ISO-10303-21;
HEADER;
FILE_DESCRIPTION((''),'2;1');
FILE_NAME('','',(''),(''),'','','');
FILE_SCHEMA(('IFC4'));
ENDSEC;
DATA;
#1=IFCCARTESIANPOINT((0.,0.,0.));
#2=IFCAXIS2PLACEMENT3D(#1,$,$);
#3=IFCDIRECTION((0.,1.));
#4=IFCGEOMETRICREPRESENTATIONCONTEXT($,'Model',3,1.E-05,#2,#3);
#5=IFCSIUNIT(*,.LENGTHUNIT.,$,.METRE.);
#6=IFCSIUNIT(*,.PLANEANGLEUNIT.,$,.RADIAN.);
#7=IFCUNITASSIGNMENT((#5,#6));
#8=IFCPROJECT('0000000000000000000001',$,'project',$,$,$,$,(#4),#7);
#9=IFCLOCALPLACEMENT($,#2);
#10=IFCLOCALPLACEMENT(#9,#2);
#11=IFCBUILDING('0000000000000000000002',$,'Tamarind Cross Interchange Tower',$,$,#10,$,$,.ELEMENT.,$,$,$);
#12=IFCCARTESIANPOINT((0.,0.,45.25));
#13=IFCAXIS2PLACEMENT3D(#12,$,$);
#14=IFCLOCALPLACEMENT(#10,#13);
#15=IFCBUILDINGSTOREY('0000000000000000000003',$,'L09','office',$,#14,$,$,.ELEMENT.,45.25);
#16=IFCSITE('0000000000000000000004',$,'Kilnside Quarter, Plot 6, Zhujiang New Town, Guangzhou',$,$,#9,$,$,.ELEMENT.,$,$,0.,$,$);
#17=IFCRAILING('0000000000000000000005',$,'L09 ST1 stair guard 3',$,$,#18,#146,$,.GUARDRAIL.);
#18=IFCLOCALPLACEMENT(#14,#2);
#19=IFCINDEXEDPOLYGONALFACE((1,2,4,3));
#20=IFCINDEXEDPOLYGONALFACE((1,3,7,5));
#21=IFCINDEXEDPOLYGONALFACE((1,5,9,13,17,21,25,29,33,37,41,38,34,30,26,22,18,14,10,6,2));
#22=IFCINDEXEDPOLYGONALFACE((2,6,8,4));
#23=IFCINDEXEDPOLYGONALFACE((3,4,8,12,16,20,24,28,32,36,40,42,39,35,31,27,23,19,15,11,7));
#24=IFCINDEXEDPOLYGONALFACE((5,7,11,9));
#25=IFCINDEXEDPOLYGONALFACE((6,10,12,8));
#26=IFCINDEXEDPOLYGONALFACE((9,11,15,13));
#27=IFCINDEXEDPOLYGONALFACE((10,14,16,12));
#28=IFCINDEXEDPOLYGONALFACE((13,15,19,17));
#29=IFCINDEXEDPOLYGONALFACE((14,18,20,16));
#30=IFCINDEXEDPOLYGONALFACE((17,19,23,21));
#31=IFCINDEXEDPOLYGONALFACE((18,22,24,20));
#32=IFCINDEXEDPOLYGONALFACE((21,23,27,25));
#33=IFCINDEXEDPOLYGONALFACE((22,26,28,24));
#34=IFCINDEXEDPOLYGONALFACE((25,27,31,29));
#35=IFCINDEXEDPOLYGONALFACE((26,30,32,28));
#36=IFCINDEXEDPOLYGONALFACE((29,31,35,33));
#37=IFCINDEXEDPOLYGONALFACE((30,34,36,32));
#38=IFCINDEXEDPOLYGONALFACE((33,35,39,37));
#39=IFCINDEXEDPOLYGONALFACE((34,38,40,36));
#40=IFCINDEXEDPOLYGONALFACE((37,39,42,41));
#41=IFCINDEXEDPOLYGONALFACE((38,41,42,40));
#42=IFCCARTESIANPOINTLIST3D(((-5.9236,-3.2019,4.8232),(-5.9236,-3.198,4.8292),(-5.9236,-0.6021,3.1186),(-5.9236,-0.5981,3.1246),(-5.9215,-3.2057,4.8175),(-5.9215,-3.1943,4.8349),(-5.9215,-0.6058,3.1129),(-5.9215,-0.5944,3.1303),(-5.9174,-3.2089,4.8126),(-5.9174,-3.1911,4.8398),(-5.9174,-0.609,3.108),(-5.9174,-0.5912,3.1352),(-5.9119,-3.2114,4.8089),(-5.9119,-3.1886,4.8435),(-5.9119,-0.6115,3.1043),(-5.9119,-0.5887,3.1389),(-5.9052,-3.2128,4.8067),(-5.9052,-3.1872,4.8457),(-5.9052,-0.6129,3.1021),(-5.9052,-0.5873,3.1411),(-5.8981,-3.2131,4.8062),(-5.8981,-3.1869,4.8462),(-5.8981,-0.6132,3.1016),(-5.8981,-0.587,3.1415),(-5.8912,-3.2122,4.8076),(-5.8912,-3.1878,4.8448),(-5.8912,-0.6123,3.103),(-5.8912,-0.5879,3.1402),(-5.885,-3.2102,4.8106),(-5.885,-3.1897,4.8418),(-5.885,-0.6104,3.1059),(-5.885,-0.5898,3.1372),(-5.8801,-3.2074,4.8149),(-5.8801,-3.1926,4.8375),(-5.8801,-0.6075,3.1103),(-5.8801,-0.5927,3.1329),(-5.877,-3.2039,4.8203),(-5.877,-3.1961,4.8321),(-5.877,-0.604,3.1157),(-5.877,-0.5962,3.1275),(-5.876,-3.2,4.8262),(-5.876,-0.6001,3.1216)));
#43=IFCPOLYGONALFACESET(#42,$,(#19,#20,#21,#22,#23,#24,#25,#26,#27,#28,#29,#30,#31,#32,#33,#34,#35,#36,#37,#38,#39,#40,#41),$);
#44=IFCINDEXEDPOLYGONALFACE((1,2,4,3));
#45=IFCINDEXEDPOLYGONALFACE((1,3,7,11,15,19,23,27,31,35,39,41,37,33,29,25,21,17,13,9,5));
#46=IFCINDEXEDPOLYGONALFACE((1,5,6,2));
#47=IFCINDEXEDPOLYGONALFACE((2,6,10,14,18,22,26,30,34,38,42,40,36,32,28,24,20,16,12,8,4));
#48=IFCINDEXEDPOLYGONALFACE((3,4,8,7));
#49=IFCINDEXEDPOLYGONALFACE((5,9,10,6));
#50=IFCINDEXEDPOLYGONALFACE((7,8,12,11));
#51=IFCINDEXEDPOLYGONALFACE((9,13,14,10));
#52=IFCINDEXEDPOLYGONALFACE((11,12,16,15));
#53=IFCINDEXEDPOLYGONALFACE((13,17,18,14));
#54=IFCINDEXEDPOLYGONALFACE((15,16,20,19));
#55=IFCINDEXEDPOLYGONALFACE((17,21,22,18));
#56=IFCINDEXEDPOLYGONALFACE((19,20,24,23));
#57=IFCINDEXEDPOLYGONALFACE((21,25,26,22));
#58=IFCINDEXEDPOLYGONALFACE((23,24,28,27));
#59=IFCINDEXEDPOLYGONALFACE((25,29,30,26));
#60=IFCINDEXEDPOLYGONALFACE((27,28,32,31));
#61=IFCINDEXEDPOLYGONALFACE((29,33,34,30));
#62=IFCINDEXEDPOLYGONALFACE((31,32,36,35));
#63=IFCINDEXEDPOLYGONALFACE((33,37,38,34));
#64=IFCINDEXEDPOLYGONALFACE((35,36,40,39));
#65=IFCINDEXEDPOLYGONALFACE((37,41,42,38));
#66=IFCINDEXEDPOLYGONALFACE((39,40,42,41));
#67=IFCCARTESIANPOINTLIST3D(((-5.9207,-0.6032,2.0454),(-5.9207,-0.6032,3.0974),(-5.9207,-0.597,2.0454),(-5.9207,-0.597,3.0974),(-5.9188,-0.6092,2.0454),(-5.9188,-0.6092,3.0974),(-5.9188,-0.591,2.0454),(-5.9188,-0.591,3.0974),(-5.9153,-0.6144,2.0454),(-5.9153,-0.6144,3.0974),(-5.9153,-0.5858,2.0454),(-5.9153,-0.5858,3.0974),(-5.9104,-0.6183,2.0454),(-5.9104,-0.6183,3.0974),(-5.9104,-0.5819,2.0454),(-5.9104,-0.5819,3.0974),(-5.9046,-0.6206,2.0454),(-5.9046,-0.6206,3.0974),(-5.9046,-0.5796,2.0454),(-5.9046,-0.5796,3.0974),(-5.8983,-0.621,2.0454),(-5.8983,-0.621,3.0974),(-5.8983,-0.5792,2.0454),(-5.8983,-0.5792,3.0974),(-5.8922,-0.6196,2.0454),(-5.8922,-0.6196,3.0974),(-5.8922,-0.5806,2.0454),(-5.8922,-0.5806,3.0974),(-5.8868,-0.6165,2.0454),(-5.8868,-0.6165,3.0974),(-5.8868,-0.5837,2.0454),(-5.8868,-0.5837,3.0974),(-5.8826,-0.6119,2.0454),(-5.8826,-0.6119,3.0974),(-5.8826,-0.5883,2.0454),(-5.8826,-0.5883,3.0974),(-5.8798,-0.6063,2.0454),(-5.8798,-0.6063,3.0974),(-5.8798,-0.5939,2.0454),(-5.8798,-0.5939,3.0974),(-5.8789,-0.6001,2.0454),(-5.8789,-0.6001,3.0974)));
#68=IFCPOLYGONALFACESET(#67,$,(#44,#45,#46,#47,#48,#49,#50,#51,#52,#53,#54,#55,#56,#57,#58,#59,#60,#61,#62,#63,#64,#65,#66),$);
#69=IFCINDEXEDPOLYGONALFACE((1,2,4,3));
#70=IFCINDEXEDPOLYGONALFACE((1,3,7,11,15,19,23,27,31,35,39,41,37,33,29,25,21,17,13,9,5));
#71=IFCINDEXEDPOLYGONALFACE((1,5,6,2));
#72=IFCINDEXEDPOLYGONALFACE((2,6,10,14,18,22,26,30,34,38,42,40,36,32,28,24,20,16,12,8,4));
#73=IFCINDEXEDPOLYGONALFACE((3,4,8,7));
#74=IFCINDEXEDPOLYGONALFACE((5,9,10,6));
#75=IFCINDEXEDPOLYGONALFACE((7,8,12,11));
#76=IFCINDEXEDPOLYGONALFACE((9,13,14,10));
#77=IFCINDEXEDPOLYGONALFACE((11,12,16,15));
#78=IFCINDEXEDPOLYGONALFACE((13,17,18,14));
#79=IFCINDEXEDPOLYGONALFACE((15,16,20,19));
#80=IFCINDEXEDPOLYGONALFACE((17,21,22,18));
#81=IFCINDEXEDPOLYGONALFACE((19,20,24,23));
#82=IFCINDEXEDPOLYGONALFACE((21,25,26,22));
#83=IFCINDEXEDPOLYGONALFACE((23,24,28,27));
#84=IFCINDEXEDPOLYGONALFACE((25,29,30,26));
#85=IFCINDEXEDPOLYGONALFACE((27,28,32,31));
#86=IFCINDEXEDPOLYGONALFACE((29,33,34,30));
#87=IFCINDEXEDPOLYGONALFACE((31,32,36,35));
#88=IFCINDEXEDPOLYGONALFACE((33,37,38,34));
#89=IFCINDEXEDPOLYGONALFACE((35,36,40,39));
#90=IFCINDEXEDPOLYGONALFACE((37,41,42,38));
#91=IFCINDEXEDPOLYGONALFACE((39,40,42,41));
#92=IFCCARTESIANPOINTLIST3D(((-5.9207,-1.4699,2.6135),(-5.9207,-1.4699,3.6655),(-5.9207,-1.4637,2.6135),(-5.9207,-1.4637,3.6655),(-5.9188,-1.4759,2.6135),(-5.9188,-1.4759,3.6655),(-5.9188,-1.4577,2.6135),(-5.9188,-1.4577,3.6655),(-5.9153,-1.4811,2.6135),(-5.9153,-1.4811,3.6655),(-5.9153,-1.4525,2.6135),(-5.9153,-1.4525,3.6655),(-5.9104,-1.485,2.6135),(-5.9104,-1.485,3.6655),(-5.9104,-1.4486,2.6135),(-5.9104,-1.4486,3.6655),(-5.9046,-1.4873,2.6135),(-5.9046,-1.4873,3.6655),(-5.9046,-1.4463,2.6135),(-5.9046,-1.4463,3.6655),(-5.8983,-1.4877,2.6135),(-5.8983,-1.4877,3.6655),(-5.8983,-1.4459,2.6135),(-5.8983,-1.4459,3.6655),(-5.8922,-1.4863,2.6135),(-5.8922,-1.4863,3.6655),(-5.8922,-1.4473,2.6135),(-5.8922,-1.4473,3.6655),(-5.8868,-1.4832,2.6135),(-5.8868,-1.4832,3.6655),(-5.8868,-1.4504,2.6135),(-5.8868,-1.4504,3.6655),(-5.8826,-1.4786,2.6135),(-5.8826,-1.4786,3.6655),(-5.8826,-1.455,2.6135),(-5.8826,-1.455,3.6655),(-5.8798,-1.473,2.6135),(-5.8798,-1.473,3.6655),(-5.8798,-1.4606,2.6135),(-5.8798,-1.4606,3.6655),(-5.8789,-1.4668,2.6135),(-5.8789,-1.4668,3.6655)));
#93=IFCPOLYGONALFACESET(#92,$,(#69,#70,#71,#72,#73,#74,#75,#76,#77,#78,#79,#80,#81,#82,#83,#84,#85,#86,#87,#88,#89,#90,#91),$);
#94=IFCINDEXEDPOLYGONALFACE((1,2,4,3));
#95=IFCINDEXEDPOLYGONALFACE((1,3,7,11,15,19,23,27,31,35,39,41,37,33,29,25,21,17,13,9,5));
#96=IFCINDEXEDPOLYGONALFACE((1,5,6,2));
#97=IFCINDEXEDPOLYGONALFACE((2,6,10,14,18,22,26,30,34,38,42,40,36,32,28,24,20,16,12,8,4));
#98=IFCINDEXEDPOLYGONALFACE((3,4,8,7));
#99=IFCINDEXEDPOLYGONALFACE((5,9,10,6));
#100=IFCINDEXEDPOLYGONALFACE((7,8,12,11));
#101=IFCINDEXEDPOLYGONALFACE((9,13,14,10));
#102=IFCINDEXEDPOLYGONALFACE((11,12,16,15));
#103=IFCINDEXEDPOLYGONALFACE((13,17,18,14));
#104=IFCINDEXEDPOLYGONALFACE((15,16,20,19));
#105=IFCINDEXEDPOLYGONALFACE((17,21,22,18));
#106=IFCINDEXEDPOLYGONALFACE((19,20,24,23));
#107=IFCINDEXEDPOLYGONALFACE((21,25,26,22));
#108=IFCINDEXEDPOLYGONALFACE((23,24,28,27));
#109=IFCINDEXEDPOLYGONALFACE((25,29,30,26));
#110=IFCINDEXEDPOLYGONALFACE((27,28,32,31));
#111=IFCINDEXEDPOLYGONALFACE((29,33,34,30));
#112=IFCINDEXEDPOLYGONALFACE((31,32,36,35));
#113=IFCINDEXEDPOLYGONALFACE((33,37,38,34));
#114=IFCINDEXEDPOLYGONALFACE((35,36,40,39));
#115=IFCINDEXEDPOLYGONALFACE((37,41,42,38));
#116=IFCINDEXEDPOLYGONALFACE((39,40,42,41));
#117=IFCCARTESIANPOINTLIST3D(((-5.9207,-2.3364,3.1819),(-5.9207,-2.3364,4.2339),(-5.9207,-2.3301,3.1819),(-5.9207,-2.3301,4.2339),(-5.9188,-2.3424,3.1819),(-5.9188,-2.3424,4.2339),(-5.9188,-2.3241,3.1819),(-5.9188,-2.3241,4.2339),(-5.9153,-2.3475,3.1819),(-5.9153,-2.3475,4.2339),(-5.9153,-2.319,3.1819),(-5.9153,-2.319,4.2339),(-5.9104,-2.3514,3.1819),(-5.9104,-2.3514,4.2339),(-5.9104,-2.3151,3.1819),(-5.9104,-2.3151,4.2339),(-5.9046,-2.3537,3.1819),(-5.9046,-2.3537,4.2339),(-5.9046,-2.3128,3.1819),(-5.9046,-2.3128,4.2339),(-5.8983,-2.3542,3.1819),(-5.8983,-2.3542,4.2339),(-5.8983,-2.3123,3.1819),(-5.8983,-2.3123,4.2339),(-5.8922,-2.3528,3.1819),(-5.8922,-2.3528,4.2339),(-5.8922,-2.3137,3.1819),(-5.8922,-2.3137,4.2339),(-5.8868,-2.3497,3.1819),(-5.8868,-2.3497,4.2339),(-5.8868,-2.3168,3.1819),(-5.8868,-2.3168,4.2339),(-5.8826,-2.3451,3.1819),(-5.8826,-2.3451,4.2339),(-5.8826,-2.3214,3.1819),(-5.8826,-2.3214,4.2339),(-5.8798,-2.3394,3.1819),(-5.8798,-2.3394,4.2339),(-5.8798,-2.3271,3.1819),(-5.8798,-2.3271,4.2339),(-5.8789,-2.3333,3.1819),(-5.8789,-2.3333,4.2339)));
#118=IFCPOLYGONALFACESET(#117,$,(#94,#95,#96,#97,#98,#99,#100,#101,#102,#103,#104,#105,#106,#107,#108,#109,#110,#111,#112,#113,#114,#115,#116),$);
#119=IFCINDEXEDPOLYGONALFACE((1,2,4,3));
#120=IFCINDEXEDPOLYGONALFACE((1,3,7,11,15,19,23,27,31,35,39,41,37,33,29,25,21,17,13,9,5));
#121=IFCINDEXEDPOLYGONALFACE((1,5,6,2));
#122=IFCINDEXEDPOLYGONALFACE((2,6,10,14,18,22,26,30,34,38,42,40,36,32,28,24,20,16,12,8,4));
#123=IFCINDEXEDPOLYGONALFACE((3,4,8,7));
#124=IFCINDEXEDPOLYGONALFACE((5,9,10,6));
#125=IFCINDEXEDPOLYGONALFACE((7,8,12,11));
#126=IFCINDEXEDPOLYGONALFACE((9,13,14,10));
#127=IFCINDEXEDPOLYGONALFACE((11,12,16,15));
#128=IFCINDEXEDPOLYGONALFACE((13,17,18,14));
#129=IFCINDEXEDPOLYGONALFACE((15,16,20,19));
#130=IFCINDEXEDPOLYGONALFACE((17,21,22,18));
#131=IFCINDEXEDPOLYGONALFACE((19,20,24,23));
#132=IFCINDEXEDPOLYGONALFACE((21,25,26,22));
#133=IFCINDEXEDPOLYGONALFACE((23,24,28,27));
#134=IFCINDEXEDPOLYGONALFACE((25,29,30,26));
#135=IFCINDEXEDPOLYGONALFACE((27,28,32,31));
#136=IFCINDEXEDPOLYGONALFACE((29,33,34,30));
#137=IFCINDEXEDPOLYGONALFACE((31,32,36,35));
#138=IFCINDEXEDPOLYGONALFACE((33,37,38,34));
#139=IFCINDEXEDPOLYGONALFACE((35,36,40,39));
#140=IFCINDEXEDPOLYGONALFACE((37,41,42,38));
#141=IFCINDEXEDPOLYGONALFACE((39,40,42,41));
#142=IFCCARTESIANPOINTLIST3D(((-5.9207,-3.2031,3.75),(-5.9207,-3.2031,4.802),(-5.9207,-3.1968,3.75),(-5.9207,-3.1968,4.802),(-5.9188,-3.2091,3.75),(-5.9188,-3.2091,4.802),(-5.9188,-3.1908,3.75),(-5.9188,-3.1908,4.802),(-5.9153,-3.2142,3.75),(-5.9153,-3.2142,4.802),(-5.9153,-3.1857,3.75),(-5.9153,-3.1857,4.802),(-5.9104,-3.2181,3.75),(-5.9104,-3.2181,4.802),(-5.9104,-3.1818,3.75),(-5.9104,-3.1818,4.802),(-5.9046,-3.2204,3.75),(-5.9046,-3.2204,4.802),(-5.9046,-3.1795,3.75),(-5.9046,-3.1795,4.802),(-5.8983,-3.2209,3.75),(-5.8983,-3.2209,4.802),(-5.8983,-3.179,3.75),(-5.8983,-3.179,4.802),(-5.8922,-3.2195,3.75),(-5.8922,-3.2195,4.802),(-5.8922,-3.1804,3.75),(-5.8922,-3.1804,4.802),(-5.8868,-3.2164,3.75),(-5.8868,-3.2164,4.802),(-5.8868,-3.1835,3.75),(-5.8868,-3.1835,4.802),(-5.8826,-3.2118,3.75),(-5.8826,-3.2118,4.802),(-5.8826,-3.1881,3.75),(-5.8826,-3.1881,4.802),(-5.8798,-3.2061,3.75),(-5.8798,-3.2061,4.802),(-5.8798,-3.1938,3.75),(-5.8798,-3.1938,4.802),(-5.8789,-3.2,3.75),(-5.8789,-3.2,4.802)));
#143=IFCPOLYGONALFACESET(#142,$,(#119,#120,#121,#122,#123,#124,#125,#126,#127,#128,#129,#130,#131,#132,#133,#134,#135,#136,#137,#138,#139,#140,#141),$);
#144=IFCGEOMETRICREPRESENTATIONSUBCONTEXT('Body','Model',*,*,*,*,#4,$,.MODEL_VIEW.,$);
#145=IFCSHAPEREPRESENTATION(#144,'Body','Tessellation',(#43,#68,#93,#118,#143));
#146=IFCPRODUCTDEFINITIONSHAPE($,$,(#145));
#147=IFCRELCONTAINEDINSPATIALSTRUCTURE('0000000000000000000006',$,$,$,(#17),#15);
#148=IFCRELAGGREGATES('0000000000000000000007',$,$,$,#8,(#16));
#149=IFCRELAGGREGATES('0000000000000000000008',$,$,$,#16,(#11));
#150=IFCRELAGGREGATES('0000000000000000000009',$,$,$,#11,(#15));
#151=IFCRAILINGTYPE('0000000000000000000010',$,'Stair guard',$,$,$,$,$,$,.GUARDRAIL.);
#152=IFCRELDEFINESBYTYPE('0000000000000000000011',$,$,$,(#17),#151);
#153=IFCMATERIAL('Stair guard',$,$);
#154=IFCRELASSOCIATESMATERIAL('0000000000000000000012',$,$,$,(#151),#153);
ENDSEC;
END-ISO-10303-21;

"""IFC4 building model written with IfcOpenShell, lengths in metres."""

from ifc_helpers import new_model, si_unit, direction, frame, origin, origin_2d, place, context, subcontext, project, spatial, circle, extrude, material, type_object, element, save


model = new_model("IFC4")

# Units and contexts
model_context = context("Model", 3, precision=1e-05, world=origin(), true_north=direction((0.0, 1.0)))
body_context = subcontext(model_context, "Body", "Model", "MODEL_VIEW")
ifc_project = project(units=[si_unit("LENGTHUNIT", "METRE"), si_unit("PLANEANGLEUNIT", "RADIAN")], contexts=[model_context])

# Site, building, storey
site_placement = place(None, origin())
site = spatial("IfcSite", under=ifc_project, at=site_placement, Name="Kilnside Quarter, Plot 6, Zhujiang New Town, Guangzhou", CompositionType="ELEMENT", RefElevation=0.0)
building_placement = place(site_placement, origin())
building = spatial("IfcBuilding", under=site, at=building_placement, Name="Tamarind Cross Interchange Tower", CompositionType="ELEMENT")
storey_placement = place(building_placement, frame((0.0, 0.0, 45.25)))
storey = spatial("IfcBuildingStorey", under=building, at=storey_placement, Name="L09", Description="office", CompositionType="ELEMENT", Elevation=45.25)

# Railing
ifc_material_1 = material(Name="Stair guard")
railing_type_1 = type_object("IfcRailingType", Name="Stair guard", PredefinedType="GUARDRAIL", material=ifc_material_1)
railing_1_placement = place(storey_placement, frame((-5.8999, -0.6001, 2.0454)))
element("IfcRailing", 1, at=railing_1_placement, inside=storey, type_object=railing_type_1, Name="L09 ST1 stair guard 3", PredefinedType="GUARDRAIL", context=body_context, shape_type="SweptSolid", body=[
    extrude(circle(Radius=0.0239, at=origin_2d()), frame((0.0, 0.0, 1.0762), z_axis=(0.0, -0.836279, 0.548305), x_axis=(1.0, 0.0, 0.0)), (0.0, 0.0, 1.0), 3.1089),
    extrude(circle(Radius=0.021, at=origin_2d()), origin(), (0.0, 0.0, 1.0), 1.052),
    extrude(circle(Radius=0.021, at=origin_2d()), frame((0.0, -0.8667, 0.5681)), (0.0, 0.0, 1.0), 1.052),
    extrude(circle(Radius=0.021, at=origin_2d()), frame((0.0, -1.7332, 1.1365)), (0.0, 0.0, 1.0), 1.052),
    extrude(circle(Radius=0.021, at=origin_2d()), frame((0.0, -2.5999, 1.7046)), (0.0, 0.0, 1.0), 1.052),
])

save(model, "model.ifc")
